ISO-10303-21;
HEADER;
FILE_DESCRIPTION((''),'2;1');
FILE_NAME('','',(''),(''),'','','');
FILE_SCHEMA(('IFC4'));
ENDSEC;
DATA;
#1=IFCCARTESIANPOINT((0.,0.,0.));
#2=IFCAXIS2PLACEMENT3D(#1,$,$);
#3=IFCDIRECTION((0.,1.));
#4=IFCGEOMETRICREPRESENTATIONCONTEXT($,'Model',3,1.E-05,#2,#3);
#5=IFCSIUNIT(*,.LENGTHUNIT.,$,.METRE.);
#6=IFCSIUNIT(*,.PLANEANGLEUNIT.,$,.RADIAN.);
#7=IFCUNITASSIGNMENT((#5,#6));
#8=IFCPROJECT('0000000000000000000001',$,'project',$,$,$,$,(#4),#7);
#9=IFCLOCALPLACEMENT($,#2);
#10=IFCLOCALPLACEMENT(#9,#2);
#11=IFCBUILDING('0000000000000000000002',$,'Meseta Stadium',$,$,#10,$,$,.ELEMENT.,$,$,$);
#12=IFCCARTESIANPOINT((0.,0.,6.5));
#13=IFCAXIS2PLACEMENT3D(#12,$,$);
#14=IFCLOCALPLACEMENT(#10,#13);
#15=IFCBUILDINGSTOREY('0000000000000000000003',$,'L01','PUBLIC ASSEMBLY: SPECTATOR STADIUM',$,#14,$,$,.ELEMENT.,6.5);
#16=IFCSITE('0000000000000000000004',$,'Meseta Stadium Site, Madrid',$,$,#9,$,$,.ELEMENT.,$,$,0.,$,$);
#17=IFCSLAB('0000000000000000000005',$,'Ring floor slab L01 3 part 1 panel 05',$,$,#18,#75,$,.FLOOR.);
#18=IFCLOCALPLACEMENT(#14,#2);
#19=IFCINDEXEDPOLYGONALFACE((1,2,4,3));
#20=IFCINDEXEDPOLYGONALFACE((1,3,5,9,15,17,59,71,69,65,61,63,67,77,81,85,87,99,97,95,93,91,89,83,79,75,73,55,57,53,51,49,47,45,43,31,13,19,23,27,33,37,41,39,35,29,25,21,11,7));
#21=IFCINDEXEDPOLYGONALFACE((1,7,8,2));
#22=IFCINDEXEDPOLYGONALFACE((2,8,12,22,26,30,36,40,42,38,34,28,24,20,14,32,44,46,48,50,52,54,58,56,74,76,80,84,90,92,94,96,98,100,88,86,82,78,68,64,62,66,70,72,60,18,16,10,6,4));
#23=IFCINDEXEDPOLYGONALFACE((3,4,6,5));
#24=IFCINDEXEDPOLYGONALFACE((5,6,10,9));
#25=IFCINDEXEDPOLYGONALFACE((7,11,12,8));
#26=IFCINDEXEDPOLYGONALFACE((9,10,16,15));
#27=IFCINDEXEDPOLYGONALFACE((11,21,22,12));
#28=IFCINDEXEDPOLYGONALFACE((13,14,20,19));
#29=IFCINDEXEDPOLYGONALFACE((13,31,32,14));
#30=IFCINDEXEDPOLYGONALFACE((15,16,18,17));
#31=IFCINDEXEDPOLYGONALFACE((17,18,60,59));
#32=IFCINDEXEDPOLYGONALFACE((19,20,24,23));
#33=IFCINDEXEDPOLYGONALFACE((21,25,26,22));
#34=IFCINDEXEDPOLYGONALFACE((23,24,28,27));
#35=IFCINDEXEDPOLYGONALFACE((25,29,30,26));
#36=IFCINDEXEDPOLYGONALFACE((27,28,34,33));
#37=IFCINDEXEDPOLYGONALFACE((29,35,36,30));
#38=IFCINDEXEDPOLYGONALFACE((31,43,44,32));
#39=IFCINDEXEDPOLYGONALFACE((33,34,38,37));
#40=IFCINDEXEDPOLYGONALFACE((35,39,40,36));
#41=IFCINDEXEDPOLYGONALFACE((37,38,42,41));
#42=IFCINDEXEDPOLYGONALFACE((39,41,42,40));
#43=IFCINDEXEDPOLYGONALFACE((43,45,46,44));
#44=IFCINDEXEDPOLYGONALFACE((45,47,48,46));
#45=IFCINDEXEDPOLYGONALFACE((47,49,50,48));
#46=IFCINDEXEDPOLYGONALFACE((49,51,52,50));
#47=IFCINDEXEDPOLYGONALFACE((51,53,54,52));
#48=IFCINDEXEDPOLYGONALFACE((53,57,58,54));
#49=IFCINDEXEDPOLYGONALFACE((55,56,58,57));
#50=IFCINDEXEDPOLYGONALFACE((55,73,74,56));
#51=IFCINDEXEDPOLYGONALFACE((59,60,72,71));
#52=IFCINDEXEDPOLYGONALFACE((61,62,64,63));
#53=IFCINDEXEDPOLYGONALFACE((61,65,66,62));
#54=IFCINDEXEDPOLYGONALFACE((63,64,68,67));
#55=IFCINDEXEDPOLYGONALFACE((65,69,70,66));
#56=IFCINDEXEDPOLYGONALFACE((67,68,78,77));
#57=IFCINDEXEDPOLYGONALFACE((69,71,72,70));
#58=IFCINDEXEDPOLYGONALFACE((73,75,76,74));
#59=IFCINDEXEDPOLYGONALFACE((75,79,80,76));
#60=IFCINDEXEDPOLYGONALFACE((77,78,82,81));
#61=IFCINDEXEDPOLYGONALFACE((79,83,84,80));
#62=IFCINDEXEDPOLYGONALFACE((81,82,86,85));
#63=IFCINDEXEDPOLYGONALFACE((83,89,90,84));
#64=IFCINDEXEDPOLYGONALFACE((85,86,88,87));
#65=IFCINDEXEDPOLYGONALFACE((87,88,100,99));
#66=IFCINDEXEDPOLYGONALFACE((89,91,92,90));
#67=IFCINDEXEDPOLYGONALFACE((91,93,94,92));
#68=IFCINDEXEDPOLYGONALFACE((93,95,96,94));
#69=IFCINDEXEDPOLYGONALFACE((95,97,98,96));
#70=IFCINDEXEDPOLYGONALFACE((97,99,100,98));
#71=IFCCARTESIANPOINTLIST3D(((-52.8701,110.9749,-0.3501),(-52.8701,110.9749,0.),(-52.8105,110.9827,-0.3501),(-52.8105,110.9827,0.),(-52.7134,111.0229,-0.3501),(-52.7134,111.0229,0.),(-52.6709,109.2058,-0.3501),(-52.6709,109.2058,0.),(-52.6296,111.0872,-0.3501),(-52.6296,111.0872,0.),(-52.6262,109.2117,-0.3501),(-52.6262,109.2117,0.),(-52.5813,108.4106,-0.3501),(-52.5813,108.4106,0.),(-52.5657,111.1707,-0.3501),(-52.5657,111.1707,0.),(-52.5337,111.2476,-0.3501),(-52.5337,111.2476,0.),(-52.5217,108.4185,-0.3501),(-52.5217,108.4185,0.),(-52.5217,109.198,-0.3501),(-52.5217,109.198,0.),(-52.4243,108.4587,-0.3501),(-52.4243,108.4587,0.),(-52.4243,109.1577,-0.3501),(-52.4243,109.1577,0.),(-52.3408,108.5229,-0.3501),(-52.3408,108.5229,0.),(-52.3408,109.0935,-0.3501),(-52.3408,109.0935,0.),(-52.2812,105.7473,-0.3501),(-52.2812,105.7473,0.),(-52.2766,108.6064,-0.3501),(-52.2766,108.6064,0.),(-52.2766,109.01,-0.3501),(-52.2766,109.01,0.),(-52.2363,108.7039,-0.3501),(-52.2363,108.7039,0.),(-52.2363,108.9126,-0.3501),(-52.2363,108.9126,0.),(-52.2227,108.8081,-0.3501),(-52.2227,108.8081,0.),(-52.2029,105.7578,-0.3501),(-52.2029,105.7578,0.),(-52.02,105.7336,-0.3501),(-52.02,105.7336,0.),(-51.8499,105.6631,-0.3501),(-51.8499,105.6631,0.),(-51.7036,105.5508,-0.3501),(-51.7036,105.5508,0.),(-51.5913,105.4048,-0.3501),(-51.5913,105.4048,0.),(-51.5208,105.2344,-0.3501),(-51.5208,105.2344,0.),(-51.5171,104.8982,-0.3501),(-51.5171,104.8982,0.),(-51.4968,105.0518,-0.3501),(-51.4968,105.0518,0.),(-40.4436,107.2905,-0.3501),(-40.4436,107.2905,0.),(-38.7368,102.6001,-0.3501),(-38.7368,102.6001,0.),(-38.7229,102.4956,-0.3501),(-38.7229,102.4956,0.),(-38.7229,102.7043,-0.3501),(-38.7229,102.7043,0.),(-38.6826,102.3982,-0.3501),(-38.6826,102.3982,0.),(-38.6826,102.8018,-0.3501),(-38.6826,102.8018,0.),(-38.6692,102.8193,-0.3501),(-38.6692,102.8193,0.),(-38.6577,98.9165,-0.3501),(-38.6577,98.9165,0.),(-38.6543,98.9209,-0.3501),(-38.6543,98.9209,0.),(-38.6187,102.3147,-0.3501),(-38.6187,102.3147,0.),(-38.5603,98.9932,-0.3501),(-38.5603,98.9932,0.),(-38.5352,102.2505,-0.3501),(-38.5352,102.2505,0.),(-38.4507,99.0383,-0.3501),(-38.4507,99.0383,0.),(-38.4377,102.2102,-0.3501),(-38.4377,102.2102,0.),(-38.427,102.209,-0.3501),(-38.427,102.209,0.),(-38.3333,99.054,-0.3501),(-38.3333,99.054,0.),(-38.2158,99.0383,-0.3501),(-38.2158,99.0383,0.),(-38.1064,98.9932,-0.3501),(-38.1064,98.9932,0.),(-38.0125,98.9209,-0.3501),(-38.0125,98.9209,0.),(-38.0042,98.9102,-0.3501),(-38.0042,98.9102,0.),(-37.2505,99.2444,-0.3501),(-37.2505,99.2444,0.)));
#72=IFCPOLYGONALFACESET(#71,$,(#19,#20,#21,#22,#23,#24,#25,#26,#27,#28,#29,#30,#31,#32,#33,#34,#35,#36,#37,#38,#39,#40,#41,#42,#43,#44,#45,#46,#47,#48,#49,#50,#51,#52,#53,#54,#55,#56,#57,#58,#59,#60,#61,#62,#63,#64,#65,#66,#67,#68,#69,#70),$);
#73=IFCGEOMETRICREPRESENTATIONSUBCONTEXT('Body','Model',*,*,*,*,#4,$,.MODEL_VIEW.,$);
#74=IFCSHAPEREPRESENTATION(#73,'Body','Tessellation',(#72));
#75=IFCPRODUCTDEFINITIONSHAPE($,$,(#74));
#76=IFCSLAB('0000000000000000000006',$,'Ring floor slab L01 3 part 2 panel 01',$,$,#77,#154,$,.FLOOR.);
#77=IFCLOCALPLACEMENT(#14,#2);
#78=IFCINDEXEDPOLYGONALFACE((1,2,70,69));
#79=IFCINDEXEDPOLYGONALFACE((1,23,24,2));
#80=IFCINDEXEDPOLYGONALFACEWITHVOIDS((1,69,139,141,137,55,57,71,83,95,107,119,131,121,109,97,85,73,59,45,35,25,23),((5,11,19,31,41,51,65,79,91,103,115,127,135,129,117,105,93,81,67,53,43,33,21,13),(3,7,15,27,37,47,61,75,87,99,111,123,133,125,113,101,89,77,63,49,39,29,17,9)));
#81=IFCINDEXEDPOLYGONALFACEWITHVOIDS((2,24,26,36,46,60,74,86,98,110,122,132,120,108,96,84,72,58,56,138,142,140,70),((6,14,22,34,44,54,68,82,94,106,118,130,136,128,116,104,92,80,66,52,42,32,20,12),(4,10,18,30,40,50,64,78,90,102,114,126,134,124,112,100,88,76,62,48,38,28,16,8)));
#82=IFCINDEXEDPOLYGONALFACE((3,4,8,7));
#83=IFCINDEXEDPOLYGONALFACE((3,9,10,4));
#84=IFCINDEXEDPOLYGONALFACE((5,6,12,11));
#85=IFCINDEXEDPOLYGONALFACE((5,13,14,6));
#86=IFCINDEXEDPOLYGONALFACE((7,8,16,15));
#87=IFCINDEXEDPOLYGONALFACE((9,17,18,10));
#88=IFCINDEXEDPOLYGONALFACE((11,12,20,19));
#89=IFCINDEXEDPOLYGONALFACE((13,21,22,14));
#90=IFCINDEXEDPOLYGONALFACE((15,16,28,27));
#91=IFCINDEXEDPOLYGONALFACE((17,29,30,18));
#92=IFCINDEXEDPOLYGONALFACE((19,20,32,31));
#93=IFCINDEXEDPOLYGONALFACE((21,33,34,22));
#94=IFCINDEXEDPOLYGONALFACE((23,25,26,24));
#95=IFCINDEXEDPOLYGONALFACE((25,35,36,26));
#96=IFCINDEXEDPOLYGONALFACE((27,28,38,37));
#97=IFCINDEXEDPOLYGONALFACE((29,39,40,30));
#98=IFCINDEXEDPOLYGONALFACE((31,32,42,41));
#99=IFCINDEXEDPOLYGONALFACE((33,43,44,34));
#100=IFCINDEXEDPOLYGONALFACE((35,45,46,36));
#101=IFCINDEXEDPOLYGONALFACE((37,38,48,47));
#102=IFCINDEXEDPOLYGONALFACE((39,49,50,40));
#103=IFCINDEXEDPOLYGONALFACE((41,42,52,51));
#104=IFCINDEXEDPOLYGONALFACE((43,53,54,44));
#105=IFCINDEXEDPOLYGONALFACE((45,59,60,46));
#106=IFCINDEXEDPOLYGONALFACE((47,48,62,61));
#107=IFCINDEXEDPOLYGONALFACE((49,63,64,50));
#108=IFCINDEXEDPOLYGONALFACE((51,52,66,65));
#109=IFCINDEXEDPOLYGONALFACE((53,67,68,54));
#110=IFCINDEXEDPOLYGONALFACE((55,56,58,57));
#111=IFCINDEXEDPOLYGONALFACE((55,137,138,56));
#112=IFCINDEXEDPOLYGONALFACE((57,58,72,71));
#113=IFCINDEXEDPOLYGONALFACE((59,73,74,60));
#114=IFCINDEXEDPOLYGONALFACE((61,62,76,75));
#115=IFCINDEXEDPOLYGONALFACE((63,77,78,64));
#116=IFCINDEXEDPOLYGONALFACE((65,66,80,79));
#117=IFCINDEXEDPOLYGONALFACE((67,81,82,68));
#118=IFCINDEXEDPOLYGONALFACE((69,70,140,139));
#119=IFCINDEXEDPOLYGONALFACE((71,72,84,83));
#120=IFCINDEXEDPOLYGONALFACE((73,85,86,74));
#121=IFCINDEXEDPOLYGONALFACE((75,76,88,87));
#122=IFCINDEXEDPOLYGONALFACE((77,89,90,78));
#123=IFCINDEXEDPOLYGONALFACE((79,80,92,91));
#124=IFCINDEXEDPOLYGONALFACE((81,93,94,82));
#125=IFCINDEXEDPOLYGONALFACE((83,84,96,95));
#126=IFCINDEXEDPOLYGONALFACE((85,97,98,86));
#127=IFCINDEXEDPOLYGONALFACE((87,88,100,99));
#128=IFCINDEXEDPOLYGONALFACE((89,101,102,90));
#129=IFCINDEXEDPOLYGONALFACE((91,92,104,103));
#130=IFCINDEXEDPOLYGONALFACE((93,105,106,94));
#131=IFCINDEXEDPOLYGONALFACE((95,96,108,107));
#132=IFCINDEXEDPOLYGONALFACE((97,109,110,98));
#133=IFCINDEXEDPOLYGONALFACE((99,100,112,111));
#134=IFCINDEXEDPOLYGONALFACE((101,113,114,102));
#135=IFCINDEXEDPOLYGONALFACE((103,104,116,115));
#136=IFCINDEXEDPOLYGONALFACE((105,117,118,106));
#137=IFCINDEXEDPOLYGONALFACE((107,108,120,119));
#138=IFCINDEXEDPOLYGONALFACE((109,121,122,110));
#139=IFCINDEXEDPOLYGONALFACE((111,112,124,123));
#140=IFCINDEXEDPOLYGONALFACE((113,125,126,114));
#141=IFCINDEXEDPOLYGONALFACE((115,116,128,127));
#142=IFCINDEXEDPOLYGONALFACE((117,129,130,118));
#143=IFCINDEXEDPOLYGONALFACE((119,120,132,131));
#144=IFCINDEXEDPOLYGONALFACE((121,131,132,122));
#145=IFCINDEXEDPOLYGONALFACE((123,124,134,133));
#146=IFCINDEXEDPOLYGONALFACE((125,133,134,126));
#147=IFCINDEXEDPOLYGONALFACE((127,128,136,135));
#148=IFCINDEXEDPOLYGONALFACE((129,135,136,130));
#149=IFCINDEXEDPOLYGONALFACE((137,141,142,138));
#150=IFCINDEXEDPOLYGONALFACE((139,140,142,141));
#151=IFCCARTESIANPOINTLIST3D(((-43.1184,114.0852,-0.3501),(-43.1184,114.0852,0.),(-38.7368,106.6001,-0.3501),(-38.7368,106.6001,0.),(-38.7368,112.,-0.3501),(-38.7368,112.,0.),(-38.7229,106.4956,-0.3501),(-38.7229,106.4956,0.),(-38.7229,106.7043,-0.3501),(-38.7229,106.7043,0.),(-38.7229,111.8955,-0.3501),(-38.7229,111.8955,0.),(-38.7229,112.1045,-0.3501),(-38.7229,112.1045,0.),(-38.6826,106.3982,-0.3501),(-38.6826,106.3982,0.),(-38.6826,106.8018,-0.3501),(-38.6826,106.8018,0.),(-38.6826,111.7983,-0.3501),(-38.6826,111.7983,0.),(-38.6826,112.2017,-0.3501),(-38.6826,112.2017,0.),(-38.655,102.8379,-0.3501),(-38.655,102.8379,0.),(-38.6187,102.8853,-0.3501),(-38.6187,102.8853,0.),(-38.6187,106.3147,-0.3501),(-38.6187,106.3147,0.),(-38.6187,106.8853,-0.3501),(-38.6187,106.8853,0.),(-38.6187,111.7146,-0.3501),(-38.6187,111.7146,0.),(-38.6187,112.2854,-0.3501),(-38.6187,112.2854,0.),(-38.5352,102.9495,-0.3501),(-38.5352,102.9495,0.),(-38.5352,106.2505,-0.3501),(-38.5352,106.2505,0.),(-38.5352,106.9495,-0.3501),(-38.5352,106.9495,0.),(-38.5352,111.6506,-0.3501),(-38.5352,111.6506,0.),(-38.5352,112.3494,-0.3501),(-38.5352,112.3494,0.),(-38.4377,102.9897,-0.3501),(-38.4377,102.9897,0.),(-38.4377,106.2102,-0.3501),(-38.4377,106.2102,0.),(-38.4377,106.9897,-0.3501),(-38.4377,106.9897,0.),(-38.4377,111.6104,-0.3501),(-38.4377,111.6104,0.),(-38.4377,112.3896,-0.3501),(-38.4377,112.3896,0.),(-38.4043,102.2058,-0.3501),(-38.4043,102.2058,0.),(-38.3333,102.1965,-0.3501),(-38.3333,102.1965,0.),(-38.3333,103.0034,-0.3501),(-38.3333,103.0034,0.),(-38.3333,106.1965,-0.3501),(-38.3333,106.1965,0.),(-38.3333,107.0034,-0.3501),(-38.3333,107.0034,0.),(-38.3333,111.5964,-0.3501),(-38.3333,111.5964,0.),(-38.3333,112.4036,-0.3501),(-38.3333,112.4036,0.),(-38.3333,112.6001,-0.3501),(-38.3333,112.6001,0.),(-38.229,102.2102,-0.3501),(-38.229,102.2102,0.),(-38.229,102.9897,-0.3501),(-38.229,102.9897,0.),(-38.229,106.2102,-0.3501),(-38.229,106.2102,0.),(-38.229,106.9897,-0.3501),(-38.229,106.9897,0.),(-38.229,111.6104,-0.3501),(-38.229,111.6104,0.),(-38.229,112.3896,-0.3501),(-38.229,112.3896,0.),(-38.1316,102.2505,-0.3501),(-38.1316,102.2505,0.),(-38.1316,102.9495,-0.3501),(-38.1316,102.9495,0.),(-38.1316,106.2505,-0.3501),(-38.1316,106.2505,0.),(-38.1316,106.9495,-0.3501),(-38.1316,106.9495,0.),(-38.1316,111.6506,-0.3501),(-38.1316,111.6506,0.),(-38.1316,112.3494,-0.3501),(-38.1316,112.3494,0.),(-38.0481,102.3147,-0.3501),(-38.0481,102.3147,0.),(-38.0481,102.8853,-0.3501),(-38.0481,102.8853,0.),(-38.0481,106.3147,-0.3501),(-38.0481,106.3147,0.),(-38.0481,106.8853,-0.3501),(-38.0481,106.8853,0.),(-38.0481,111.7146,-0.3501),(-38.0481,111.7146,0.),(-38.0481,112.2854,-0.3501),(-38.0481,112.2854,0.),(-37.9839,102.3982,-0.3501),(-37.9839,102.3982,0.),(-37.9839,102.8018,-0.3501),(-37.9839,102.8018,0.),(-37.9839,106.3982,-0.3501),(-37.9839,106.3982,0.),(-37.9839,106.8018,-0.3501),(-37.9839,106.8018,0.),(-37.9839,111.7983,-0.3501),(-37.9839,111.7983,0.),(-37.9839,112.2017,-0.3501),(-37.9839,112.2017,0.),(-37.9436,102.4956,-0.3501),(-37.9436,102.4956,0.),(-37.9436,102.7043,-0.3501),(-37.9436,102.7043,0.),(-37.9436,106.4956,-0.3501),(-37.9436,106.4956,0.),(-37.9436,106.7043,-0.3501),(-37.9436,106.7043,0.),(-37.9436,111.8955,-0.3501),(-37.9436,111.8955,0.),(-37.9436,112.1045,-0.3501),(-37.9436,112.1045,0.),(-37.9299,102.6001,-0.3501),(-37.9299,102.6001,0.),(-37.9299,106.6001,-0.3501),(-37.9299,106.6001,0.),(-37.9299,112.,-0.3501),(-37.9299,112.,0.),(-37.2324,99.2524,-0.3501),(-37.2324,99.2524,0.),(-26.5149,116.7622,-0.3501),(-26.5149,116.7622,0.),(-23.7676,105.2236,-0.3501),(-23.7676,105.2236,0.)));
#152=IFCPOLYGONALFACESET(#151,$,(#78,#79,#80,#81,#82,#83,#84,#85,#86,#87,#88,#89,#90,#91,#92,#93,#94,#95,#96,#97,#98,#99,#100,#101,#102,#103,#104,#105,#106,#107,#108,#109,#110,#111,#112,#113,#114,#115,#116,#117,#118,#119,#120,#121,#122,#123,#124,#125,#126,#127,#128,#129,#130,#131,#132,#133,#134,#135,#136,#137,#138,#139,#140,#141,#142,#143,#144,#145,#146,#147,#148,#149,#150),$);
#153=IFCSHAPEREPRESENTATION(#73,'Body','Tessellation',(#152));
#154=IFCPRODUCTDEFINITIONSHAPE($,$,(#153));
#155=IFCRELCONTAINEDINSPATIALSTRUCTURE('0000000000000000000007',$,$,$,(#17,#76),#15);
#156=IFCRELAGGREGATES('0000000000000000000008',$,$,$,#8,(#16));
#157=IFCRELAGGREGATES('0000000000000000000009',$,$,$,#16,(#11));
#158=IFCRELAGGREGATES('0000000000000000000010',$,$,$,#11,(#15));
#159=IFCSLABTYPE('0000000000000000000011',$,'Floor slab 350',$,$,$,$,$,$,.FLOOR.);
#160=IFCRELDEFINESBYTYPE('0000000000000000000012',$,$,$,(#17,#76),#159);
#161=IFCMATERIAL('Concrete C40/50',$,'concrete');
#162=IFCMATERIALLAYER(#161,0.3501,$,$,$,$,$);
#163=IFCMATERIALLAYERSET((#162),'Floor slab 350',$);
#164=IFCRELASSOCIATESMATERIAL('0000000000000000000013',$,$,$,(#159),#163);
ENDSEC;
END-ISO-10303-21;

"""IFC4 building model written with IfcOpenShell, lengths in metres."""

from ifc_helpers import new_model, si_unit, direction, frame, origin, place, context, subcontext, project, spatial, polyline, outline, extrude, material, layer, layer_set, type_object, element, save


model = new_model("IFC4")

# Units and contexts
model_context = context("Model", 3, precision=1e-05, world=origin(), true_north=direction((0.0, 1.0)))
body_context = subcontext(model_context, "Body", "Model", "MODEL_VIEW")
ifc_project = project(units=[si_unit("LENGTHUNIT", "METRE"), si_unit("PLANEANGLEUNIT", "RADIAN")], contexts=[model_context])

# Site, building, storey
site_placement = place(None, origin())
site = spatial("IfcSite", under=ifc_project, at=site_placement, Name="Meseta Stadium Site, Madrid", CompositionType="ELEMENT", RefElevation=0.0)
building_placement = place(site_placement, origin())
building = spatial("IfcBuilding", under=site, at=building_placement, Name="Meseta Stadium", CompositionType="ELEMENT")
storey_placement = place(building_placement, frame((0.0, 0.0, 6.5)))
storey = spatial("IfcBuildingStorey", under=building, at=storey_placement, Name="L01", Description="PUBLIC ASSEMBLY: SPECTATOR STADIUM", CompositionType="ELEMENT", Elevation=6.5)

# Slabs
ifc_material_1 = material(Name="Concrete C40/50", Category="concrete")
ifc_layer_1 = layer(ifc_material_1, 0.3501)
ifc_layer_set_1 = layer_set([ifc_layer_1], Name="Floor slab 350")
slab_type_1 = type_object("IfcSlabType", Name="Floor slab 350", PredefinedType="FLOOR", material=ifc_layer_set_1)
slab_1_placement = place(storey_placement, frame((0.0, 0.0, -0.3501)))
element("IfcSlab", 1, at=slab_1_placement, inside=storey, type_object=slab_type_1, Name="Ring floor slab L01 3 part 1 panel 05", PredefinedType="FLOOR", context=body_context, shape_type="SweptSolid", body=[
    extrude(outline(polyline([(-38.7229, 102.4956), (-38.7368, 102.6001), (-38.7229, 102.7043), (-38.6826, 102.8018), (-38.6692, 102.8193), (-40.4436, 107.2905), (-52.5337, 111.2476), (-52.5657, 111.1707), (-52.6296, 111.0872), (-52.7134, 111.0229), (-52.8105, 110.9827), (-52.8701, 110.9749), (-52.6709, 109.2058), (-52.6262, 109.2117), (-52.5217, 109.198), (-52.4243, 109.1577), (-52.3408, 109.0935), (-52.2766, 109.01), (-52.2363, 108.9126), (-52.2227, 108.8081), (-52.2363, 108.7039), (-52.2766, 108.6064), (-52.3408, 108.5229), (-52.4243, 108.4587), (-52.5217, 108.4185), (-52.5813, 108.4106), (-52.2812, 105.7473), (-52.2029, 105.7578), (-52.02, 105.7336), (-51.8499, 105.6631), (-51.7036, 105.5508), (-51.5913, 105.4048), (-51.5208, 105.2344), (-51.4968, 105.0518), (-51.5171, 104.8982), (-38.6577, 98.9165), (-38.6543, 98.9209), (-38.5603, 98.9932), (-38.4507, 99.0383), (-38.3333, 99.054), (-38.2158, 99.0383), (-38.1064, 98.9932), (-38.0125, 98.9209), (-38.0042, 98.9102), (-37.2505, 99.2444), (-38.427, 102.209), (-38.4377, 102.2102), (-38.5352, 102.2505), (-38.6187, 102.3147), (-38.6826, 102.3982), (-38.7229, 102.4956)])), origin(), (0.0, 0.0, 1.0), 0.3501),
])
slab_2_placement = place(storey_placement, frame((0.0, 0.0, -0.3501)))
element("IfcSlab", 2, at=slab_2_placement, inside=storey, type_object=slab_type_1, Name="Ring floor slab L01 3 part 2 panel 01", PredefinedType="FLOOR", context=body_context, shape_type="SweptSolid", body=[
    extrude(outline(polyline([(-38.3333, 102.1965), (-38.4043, 102.2058), (-37.2324, 99.2524), (-23.7676, 105.2236), (-26.5149, 116.7622), (-38.3333, 112.6001), (-43.1184, 114.0852), (-38.655, 102.8379), (-38.6187, 102.8853), (-38.5352, 102.9495), (-38.4377, 102.9897), (-38.3333, 103.0034), (-38.229, 102.9897), (-38.1316, 102.9495), (-38.0481, 102.8853), (-37.9839, 102.8018), (-37.9436, 102.7043), (-37.9299, 102.6001), (-37.9436, 102.4956), (-37.9839, 102.3982), (-38.0481, 102.3147), (-38.1316, 102.2505), (-38.229, 102.2102), (-38.3333, 102.1965)]), holes=[polyline([(-38.7229, 106.4956), (-38.7368, 106.6001), (-38.7229, 106.7043), (-38.6826, 106.8018), (-38.6187, 106.8853), (-38.5352, 106.9495), (-38.4377, 106.9897), (-38.3333, 107.0034), (-38.229, 106.9897), (-38.1316, 106.9495), (-38.0481, 106.8853), (-37.9839, 106.8018), (-37.9436, 106.7043), (-37.9299, 106.6001), (-37.9436, 106.4956), (-37.9839, 106.3982), (-38.0481, 106.3147), (-38.1316, 106.2505), (-38.229, 106.2102), (-38.3333, 106.1965), (-38.4377, 106.2102), (-38.5352, 106.2505), (-38.6187, 106.3147), (-38.6826, 106.3982), (-38.7229, 106.4956)]), polyline([(-38.0481, 111.7146), (-38.1316, 111.6506), (-38.229, 111.6104), (-38.3333, 111.5964), (-38.4377, 111.6104), (-38.5352, 111.6506), (-38.6187, 111.7146), (-38.6826, 111.7983), (-38.7229, 111.8955), (-38.7368, 112.0), (-38.7229, 112.1045), (-38.6826, 112.2017), (-38.6187, 112.2854), (-38.5352, 112.3494), (-38.4377, 112.3896), (-38.3333, 112.4036), (-38.229, 112.3896), (-38.1316, 112.3494), (-38.0481, 112.2854), (-37.9839, 112.2017), (-37.9436, 112.1045), (-37.9299, 112.0), (-37.9436, 111.8955), (-37.9839, 111.7983), (-38.0481, 111.7146)])]), origin(), (0.0, 0.0, 1.0), 0.3501),
])

save(model, "model.ifc")
